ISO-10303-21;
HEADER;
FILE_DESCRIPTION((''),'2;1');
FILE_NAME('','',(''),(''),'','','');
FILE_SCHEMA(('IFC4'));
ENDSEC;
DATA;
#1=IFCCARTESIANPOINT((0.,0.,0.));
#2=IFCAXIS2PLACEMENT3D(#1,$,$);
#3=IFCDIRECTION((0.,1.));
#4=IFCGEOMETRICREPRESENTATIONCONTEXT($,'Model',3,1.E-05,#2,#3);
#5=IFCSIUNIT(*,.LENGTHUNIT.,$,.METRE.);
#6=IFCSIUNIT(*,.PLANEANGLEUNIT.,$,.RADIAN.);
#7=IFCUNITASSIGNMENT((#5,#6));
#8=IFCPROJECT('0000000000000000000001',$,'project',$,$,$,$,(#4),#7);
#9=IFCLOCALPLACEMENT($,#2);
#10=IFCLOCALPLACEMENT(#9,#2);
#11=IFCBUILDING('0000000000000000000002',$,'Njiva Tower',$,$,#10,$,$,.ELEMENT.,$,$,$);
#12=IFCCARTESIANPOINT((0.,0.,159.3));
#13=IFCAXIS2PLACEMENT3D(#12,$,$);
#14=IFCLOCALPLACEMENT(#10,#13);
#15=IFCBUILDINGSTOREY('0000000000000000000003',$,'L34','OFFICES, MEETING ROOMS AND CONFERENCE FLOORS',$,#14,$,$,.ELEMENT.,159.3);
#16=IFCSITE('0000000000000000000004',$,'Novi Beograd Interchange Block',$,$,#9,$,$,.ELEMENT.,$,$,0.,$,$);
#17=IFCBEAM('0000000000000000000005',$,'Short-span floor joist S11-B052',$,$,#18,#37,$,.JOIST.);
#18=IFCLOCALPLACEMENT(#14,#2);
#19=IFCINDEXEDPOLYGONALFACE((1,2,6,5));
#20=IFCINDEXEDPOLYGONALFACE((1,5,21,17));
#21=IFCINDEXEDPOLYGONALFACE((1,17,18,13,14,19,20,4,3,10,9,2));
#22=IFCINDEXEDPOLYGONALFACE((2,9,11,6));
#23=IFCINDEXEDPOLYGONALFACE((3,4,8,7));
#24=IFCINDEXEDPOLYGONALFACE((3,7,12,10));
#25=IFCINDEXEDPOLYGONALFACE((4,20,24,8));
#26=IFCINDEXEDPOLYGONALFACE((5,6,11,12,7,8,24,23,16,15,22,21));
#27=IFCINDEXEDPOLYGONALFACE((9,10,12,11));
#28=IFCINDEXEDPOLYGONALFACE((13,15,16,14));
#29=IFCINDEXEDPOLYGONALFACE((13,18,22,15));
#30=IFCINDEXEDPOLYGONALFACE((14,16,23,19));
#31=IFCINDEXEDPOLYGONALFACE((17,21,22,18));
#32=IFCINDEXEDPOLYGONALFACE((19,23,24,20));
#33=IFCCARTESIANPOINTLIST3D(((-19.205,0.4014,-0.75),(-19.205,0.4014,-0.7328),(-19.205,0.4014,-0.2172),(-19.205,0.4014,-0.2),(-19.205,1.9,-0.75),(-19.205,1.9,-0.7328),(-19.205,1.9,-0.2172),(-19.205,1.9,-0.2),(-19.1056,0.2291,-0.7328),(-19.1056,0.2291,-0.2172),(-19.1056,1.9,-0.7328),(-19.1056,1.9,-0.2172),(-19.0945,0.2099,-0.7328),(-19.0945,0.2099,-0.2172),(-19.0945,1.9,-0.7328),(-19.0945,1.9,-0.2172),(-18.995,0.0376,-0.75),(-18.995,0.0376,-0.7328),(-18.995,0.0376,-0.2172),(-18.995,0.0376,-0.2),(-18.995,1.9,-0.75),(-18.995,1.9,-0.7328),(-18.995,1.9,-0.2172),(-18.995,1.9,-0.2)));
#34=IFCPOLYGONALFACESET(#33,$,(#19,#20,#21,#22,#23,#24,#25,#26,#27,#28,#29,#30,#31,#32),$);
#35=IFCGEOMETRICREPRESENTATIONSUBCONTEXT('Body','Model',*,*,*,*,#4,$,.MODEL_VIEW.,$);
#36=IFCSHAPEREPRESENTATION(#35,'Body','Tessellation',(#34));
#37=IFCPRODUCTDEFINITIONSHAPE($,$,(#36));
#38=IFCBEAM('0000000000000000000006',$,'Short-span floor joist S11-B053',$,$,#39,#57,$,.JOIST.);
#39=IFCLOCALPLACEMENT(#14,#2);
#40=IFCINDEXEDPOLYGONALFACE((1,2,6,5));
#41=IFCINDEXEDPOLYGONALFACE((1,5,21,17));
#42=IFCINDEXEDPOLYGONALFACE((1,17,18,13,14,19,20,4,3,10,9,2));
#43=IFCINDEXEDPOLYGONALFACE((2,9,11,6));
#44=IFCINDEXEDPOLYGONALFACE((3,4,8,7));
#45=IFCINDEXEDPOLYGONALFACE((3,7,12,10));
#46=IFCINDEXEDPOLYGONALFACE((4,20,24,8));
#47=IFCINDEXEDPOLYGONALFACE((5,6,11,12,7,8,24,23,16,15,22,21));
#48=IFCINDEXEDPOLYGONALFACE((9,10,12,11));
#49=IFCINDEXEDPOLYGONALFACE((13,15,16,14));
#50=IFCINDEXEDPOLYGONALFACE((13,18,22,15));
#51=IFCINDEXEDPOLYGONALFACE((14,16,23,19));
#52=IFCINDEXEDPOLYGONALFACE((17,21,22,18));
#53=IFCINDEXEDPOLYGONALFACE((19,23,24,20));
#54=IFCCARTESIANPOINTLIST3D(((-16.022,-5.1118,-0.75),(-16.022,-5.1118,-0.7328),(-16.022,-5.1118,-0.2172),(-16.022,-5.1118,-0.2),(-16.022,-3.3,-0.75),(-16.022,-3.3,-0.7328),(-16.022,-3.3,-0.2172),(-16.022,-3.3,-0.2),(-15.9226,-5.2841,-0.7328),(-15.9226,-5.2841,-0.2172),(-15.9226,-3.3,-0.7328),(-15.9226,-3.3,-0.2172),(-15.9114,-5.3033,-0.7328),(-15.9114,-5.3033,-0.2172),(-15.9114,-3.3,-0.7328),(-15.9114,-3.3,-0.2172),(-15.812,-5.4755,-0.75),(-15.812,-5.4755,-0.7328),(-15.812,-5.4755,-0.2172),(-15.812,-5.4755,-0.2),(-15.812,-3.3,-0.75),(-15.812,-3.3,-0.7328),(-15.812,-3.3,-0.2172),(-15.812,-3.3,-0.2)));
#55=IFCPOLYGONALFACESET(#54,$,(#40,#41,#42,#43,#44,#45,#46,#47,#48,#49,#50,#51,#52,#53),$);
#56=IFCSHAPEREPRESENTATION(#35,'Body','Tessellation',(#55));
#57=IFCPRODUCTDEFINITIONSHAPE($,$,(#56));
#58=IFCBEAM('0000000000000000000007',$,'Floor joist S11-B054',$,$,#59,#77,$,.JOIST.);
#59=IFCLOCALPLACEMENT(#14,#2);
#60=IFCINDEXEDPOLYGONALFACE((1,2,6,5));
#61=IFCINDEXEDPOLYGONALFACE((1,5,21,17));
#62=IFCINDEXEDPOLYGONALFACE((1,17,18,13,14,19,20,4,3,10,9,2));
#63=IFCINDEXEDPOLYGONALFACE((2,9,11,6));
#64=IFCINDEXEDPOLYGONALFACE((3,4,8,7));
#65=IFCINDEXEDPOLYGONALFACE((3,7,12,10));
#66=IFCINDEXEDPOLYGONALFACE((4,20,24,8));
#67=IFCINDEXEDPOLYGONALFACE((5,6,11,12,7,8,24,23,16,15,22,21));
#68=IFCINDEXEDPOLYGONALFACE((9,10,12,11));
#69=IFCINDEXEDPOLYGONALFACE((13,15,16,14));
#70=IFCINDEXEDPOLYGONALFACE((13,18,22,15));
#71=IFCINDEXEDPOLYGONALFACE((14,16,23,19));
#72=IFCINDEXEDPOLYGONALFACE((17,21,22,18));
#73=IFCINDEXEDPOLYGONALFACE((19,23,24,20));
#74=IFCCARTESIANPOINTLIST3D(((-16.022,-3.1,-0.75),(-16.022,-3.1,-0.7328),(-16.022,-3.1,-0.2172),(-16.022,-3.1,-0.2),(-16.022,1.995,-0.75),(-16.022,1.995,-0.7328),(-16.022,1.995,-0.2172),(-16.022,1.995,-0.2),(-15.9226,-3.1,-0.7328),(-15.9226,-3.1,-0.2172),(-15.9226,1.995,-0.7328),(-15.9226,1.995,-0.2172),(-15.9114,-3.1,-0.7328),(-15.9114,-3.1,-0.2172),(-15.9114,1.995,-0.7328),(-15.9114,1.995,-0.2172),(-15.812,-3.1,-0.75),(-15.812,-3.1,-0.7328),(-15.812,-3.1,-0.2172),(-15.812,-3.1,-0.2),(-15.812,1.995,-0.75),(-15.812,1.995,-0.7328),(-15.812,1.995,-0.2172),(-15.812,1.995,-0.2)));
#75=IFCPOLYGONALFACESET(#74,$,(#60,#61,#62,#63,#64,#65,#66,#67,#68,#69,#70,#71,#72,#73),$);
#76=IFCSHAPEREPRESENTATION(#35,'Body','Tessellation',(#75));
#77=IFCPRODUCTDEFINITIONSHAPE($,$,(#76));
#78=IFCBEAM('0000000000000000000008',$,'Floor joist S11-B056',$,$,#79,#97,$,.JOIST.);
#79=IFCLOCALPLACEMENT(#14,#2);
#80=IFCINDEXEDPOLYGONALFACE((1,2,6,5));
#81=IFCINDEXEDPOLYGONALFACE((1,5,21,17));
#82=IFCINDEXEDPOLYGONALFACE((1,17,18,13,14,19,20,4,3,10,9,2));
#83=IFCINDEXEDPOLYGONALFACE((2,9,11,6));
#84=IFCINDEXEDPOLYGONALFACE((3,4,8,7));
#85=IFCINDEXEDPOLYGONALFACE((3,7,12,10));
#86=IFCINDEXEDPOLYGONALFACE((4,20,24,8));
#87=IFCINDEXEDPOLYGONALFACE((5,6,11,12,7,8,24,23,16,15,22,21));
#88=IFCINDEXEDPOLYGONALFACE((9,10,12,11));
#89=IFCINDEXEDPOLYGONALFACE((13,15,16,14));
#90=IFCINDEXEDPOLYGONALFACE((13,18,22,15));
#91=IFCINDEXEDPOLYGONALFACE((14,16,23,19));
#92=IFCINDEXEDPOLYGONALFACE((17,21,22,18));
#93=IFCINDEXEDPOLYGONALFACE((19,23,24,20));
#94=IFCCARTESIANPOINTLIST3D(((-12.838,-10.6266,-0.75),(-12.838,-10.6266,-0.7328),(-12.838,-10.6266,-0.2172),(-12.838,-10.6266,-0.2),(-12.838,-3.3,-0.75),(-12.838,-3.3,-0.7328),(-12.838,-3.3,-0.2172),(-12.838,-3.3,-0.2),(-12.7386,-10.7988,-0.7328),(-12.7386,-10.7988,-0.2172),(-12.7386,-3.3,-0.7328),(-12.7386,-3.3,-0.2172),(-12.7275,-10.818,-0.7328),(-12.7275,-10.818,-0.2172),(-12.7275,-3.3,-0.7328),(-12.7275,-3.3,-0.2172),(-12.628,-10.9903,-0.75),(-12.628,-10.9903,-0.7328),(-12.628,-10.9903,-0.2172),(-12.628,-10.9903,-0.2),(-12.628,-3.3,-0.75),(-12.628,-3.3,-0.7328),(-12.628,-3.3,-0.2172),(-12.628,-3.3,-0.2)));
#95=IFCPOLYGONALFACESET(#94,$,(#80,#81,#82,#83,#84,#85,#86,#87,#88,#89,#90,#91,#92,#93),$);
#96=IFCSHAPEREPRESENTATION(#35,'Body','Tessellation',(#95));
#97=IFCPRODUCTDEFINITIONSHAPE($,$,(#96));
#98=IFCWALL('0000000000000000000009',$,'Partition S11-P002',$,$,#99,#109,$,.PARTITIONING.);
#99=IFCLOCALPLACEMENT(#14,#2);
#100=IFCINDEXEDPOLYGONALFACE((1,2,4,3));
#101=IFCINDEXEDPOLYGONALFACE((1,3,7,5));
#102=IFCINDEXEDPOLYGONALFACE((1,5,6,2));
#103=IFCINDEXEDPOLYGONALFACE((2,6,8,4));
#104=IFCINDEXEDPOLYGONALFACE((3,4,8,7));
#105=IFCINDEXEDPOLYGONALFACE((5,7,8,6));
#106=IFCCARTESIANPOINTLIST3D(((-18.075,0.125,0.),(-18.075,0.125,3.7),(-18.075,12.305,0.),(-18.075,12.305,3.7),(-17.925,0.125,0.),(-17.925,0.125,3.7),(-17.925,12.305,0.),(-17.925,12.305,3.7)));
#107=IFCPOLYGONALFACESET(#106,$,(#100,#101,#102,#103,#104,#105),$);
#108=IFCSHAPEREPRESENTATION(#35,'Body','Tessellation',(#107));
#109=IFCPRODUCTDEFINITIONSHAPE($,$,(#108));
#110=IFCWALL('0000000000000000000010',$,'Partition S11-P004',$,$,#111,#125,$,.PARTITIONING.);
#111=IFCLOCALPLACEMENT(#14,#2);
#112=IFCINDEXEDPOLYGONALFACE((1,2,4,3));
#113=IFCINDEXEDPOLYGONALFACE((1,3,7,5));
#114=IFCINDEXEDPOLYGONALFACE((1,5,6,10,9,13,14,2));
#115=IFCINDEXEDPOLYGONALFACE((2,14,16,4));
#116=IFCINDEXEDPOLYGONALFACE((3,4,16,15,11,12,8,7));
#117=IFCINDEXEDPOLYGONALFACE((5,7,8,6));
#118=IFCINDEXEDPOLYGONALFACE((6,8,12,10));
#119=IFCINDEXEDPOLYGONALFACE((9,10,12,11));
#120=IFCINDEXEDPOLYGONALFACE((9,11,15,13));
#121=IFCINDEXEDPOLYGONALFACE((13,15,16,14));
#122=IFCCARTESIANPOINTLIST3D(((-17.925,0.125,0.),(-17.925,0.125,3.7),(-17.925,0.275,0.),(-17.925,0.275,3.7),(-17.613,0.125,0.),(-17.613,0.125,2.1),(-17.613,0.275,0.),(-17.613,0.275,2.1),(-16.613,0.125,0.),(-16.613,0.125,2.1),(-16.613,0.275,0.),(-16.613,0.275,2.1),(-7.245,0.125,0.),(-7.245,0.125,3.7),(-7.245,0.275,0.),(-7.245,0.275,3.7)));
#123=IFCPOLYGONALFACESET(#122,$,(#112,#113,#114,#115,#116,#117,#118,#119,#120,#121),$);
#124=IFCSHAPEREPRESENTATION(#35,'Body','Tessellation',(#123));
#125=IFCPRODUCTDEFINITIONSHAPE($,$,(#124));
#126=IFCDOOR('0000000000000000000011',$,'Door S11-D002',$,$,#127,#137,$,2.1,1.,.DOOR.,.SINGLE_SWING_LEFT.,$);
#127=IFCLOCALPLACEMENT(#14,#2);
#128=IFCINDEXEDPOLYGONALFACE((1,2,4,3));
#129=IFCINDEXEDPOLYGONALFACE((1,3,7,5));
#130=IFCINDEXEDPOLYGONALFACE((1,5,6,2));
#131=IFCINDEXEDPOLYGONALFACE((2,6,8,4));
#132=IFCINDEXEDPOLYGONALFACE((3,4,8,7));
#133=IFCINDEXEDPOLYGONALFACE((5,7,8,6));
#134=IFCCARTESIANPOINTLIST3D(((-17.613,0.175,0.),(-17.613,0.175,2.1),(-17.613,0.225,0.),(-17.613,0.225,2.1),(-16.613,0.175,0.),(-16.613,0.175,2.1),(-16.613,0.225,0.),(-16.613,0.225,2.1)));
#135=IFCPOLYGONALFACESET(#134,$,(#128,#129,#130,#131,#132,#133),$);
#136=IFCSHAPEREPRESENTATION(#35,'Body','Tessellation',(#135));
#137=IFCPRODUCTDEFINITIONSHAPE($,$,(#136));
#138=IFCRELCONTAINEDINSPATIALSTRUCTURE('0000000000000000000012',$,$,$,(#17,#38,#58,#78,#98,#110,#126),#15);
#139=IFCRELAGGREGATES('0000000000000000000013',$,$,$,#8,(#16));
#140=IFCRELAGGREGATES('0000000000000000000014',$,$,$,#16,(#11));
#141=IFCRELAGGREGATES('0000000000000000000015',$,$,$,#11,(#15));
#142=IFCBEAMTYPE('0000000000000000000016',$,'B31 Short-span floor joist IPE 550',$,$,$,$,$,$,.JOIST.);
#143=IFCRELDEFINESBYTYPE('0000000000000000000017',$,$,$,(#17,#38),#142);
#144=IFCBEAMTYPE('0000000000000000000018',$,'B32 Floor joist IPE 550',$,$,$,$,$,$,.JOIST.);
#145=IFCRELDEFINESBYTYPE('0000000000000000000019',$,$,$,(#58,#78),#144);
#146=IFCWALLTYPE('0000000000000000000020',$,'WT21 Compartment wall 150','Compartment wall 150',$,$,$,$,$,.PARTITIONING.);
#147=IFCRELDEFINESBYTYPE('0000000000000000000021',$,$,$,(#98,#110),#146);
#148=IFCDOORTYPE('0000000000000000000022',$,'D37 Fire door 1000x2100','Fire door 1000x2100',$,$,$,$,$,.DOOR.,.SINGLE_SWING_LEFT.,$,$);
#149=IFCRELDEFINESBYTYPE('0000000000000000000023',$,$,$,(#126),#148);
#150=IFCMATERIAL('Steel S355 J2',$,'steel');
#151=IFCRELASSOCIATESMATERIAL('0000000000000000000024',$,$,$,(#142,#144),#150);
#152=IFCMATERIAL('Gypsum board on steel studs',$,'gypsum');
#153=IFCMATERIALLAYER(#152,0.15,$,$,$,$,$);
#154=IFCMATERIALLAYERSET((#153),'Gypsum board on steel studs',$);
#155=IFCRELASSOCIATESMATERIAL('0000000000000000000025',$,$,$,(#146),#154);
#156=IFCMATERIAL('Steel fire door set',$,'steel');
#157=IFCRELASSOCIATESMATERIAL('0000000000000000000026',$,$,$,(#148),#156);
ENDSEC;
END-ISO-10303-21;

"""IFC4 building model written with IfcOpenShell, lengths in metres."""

from ifc_helpers import new_model, si_unit, direction, frame, frame_2d, origin, origin_2d, place, context, subcontext, project, spatial, rectangle, i_section, extrude, clip, halfspace, material, layer, layer_set, material_profile, profile_set, type_object, element, fill, save


model = new_model("IFC4")

# Units and contexts
model_context = context("Model", 3, precision=1e-05, world=origin(), true_north=direction((0.0, 1.0)))
body_context = subcontext(model_context, "Body", "Model", "MODEL_VIEW")
ifc_project = project(units=[si_unit("LENGTHUNIT", "METRE"), si_unit("PLANEANGLEUNIT", "RADIAN")], contexts=[model_context])

# Site, building, storey
site_placement = place(None, origin())
site = spatial("IfcSite", under=ifc_project, at=site_placement, Name="Novi Beograd Interchange Block", CompositionType="ELEMENT", RefElevation=0.0)
building_placement = place(site_placement, origin())
building = spatial("IfcBuilding", under=site, at=building_placement, Name="Njiva Tower", CompositionType="ELEMENT")
storey_placement = place(building_placement, frame((0.0, 0.0, 159.3)))
storey = spatial("IfcBuildingStorey", under=building, at=storey_placement, Name="L34", Description="OFFICES, MEETING ROOMS AND CONFERENCE FLOORS", CompositionType="ELEMENT", Elevation=159.3)

# Shared definitions
ifc_material_1 = material(Name="Steel S355 J2", Category="steel")

# Beams
ifc_material_profile_1 = material_profile(ifc_material_1, i_section(OverallWidth=0.21, OverallDepth=0.55, WebThickness=0.0111, FlangeThickness=0.0172, at=origin_2d()), Name="IPE 550")
ifc_profile_set_1 = profile_set([ifc_material_profile_1], Name="Steel S355 J2")
beam_type_1 = type_object("IfcBeamType", Name="B31 Short-span floor joist IPE 550", PredefinedType="JOIST", material=ifc_profile_set_1)
beam_1_placement = place(storey_placement, frame((-19.1, 1.9, -0.475), z_axis=(0.0, -1.0, 0.0), x_axis=(1.0, 0.0, 0.0)))
element("IfcBeam", 1, at=beam_1_placement, inside=storey, type_object=beam_type_1, Name="Short-span floor joist S11-B052", PredefinedType="JOIST", context=body_context, shape_type="Clipping", body=[
    clip(extrude(i_section(OverallWidth=0.21, OverallDepth=0.55, WebThickness=0.0111, FlangeThickness=0.0172, at=origin_2d()), origin(), (0.0, 0.0, 1.0), 1.883), halfspace(frame((-0.0433, 0.0, 1.6055), z_axis=(-0.866027, 0.0, 0.499998), x_axis=(0.0, 1.0, 0.0)), False)),
])
beam_2_placement = place(storey_placement, frame((-15.917, -3.3, -0.475), z_axis=(0.0, -1.0, 0.0), x_axis=(1.0, 0.0, 0.0)))
element("IfcBeam", 2, at=beam_2_placement, inside=storey, type_object=beam_type_1, Name="Short-span floor joist S11-B053", PredefinedType="JOIST", context=body_context, shape_type="Clipping", body=[
    clip(extrude(i_section(OverallWidth=0.21, OverallDepth=0.55, WebThickness=0.0111, FlangeThickness=0.0172, at=origin_2d()), origin(), (0.0, 0.0, 1.0), 2.196), halfspace(frame((-0.043, 0.0, 1.9192), z_axis=(-0.866027, 0.0, 0.499998), x_axis=(0.0, 1.0, 0.0)), False)),
])
ifc_material_profile_2 = material_profile(ifc_material_1, i_section(OverallWidth=0.21, OverallDepth=0.55, WebThickness=0.0111, FlangeThickness=0.0172, at=origin_2d()), Name="IPE 550")
ifc_profile_set_2 = profile_set([ifc_material_profile_2], Name="Steel S355 J2")
beam_type_2 = type_object("IfcBeamType", Name="B32 Floor joist IPE 550", PredefinedType="JOIST", material=ifc_profile_set_2)
beam_3_placement = place(storey_placement, frame((-15.917, 1.995, -0.475), z_axis=(0.0, -1.0, 0.0), x_axis=(1.0, 0.0, 0.0)))
element("IfcBeam", 3, at=beam_3_placement, inside=storey, type_object=beam_type_2, Name="Floor joist S11-B054", PredefinedType="JOIST", context=body_context, shape_type="SweptSolid", body=[
    extrude(i_section(OverallWidth=0.21, OverallDepth=0.55, WebThickness=0.0111, FlangeThickness=0.0172, at=origin_2d()), origin(), (0.0, 0.0, 1.0), 5.095),
])
beam_4_placement = place(storey_placement, frame((-12.733, -3.3, -0.475), z_axis=(0.0, -1.0, 0.0), x_axis=(1.0, 0.0, 0.0)))
element("IfcBeam", 4, at=beam_4_placement, inside=storey, type_object=beam_type_2, Name="Floor joist S11-B056", PredefinedType="JOIST", context=body_context, shape_type="Clipping", body=[
    clip(extrude(i_section(OverallWidth=0.21, OverallDepth=0.55, WebThickness=0.0111, FlangeThickness=0.0172, at=origin_2d()), origin(), (0.0, 0.0, 1.0), 7.71), halfspace(frame((-0.0436, 0.0, 7.4329), z_axis=(-0.866027, 0.0, 0.499998), x_axis=(0.0, 1.0, 0.0)), False)),
])

# Wall
ifc_material_2 = material(Name="Gypsum board on steel studs", Category="gypsum")
ifc_layer = layer(ifc_material_2, 0.15)
ifc_layer_set = layer_set([ifc_layer], Name="Gypsum board on steel studs")
wall_type = type_object("IfcWallType", Name="WT21 Compartment wall 150", Description="Compartment wall 150", PredefinedType="PARTITIONING", material=ifc_layer_set)
wall_1_placement = place(storey_placement, frame((-18.0, 0.125, 0.0), z_axis=(0.0, 0.0, 1.0), x_axis=(0.0, 1.0, 0.0)))
element("IfcWall", 5, at=wall_1_placement, inside=storey, type_object=wall_type, Name="Partition S11-P002", PredefinedType="PARTITIONING", context=body_context, shape_type="SweptSolid", body=[
    extrude(rectangle(XDim=12.18, YDim=0.15, at=frame_2d((6.09, 0.0))), origin(), (0.0, 0.0, 1.0), 3.7),
])

# Wall, opening, door
wall_2_placement = place(storey_placement, frame((-17.925, 0.2, 0.0), z_axis=(0.0, 0.0, 1.0), x_axis=(1.0, 0.0, 0.0)))
wall_2 = element("IfcWall", 6, at=wall_2_placement, inside=storey, type_object=wall_type, Name="Partition S11-P004", PredefinedType="PARTITIONING", context=body_context, shape_type="SweptSolid", body=[
    extrude(rectangle(XDim=10.68, YDim=0.15, at=frame_2d((5.34, 0.0))), origin(), (0.0, 0.0, 1.0), 3.7),
])
opening_placement = place(wall_2_placement, frame((0.312, 0.0, 0.0)))
opening = element("IfcOpeningElement", 7, at=opening_placement, cuts=wall_2, PredefinedType="OPENING", context=body_context, shape_type="SweptSolid", body=[
    extrude(rectangle(XDim=1.0, YDim=2.1, at=frame_2d((0.5, 1.05))), frame((0.0, 0.085, 0.0), z_axis=(0.0, -1.0, 0.0), x_axis=(1.0, 0.0, 0.0)), (0.0, 0.0, 1.0), 0.17),
])
ifc_material_3 = material(Name="Steel fire door set", Category="steel")
door_type = type_object("IfcDoorType", Name="D37 Fire door 1000x2100", Description="Fire door 1000x2100", OperationType="SINGLE_SWING_LEFT", PredefinedType="DOOR", material=ifc_material_3)
door_placement = place(opening_placement, origin())
door = element("IfcDoor", 8, at=door_placement, inside=storey, type_object=door_type, Name="Door S11-D002", OperationType="SINGLE_SWING_LEFT", OverallHeight=2.1, OverallWidth=1.0, PredefinedType="DOOR", context=body_context, shape_type="SweptSolid", body=[
    extrude(rectangle(XDim=1.0, YDim=2.1, at=frame_2d((0.5, 1.05))), frame((0.0, 0.025, 0.0), z_axis=(0.0, -1.0, 0.0), x_axis=(1.0, 0.0, 0.0)), (0.0, 0.0, 1.0), 0.05),
])
fill(opening, door)

save(model, "model.ifc")
